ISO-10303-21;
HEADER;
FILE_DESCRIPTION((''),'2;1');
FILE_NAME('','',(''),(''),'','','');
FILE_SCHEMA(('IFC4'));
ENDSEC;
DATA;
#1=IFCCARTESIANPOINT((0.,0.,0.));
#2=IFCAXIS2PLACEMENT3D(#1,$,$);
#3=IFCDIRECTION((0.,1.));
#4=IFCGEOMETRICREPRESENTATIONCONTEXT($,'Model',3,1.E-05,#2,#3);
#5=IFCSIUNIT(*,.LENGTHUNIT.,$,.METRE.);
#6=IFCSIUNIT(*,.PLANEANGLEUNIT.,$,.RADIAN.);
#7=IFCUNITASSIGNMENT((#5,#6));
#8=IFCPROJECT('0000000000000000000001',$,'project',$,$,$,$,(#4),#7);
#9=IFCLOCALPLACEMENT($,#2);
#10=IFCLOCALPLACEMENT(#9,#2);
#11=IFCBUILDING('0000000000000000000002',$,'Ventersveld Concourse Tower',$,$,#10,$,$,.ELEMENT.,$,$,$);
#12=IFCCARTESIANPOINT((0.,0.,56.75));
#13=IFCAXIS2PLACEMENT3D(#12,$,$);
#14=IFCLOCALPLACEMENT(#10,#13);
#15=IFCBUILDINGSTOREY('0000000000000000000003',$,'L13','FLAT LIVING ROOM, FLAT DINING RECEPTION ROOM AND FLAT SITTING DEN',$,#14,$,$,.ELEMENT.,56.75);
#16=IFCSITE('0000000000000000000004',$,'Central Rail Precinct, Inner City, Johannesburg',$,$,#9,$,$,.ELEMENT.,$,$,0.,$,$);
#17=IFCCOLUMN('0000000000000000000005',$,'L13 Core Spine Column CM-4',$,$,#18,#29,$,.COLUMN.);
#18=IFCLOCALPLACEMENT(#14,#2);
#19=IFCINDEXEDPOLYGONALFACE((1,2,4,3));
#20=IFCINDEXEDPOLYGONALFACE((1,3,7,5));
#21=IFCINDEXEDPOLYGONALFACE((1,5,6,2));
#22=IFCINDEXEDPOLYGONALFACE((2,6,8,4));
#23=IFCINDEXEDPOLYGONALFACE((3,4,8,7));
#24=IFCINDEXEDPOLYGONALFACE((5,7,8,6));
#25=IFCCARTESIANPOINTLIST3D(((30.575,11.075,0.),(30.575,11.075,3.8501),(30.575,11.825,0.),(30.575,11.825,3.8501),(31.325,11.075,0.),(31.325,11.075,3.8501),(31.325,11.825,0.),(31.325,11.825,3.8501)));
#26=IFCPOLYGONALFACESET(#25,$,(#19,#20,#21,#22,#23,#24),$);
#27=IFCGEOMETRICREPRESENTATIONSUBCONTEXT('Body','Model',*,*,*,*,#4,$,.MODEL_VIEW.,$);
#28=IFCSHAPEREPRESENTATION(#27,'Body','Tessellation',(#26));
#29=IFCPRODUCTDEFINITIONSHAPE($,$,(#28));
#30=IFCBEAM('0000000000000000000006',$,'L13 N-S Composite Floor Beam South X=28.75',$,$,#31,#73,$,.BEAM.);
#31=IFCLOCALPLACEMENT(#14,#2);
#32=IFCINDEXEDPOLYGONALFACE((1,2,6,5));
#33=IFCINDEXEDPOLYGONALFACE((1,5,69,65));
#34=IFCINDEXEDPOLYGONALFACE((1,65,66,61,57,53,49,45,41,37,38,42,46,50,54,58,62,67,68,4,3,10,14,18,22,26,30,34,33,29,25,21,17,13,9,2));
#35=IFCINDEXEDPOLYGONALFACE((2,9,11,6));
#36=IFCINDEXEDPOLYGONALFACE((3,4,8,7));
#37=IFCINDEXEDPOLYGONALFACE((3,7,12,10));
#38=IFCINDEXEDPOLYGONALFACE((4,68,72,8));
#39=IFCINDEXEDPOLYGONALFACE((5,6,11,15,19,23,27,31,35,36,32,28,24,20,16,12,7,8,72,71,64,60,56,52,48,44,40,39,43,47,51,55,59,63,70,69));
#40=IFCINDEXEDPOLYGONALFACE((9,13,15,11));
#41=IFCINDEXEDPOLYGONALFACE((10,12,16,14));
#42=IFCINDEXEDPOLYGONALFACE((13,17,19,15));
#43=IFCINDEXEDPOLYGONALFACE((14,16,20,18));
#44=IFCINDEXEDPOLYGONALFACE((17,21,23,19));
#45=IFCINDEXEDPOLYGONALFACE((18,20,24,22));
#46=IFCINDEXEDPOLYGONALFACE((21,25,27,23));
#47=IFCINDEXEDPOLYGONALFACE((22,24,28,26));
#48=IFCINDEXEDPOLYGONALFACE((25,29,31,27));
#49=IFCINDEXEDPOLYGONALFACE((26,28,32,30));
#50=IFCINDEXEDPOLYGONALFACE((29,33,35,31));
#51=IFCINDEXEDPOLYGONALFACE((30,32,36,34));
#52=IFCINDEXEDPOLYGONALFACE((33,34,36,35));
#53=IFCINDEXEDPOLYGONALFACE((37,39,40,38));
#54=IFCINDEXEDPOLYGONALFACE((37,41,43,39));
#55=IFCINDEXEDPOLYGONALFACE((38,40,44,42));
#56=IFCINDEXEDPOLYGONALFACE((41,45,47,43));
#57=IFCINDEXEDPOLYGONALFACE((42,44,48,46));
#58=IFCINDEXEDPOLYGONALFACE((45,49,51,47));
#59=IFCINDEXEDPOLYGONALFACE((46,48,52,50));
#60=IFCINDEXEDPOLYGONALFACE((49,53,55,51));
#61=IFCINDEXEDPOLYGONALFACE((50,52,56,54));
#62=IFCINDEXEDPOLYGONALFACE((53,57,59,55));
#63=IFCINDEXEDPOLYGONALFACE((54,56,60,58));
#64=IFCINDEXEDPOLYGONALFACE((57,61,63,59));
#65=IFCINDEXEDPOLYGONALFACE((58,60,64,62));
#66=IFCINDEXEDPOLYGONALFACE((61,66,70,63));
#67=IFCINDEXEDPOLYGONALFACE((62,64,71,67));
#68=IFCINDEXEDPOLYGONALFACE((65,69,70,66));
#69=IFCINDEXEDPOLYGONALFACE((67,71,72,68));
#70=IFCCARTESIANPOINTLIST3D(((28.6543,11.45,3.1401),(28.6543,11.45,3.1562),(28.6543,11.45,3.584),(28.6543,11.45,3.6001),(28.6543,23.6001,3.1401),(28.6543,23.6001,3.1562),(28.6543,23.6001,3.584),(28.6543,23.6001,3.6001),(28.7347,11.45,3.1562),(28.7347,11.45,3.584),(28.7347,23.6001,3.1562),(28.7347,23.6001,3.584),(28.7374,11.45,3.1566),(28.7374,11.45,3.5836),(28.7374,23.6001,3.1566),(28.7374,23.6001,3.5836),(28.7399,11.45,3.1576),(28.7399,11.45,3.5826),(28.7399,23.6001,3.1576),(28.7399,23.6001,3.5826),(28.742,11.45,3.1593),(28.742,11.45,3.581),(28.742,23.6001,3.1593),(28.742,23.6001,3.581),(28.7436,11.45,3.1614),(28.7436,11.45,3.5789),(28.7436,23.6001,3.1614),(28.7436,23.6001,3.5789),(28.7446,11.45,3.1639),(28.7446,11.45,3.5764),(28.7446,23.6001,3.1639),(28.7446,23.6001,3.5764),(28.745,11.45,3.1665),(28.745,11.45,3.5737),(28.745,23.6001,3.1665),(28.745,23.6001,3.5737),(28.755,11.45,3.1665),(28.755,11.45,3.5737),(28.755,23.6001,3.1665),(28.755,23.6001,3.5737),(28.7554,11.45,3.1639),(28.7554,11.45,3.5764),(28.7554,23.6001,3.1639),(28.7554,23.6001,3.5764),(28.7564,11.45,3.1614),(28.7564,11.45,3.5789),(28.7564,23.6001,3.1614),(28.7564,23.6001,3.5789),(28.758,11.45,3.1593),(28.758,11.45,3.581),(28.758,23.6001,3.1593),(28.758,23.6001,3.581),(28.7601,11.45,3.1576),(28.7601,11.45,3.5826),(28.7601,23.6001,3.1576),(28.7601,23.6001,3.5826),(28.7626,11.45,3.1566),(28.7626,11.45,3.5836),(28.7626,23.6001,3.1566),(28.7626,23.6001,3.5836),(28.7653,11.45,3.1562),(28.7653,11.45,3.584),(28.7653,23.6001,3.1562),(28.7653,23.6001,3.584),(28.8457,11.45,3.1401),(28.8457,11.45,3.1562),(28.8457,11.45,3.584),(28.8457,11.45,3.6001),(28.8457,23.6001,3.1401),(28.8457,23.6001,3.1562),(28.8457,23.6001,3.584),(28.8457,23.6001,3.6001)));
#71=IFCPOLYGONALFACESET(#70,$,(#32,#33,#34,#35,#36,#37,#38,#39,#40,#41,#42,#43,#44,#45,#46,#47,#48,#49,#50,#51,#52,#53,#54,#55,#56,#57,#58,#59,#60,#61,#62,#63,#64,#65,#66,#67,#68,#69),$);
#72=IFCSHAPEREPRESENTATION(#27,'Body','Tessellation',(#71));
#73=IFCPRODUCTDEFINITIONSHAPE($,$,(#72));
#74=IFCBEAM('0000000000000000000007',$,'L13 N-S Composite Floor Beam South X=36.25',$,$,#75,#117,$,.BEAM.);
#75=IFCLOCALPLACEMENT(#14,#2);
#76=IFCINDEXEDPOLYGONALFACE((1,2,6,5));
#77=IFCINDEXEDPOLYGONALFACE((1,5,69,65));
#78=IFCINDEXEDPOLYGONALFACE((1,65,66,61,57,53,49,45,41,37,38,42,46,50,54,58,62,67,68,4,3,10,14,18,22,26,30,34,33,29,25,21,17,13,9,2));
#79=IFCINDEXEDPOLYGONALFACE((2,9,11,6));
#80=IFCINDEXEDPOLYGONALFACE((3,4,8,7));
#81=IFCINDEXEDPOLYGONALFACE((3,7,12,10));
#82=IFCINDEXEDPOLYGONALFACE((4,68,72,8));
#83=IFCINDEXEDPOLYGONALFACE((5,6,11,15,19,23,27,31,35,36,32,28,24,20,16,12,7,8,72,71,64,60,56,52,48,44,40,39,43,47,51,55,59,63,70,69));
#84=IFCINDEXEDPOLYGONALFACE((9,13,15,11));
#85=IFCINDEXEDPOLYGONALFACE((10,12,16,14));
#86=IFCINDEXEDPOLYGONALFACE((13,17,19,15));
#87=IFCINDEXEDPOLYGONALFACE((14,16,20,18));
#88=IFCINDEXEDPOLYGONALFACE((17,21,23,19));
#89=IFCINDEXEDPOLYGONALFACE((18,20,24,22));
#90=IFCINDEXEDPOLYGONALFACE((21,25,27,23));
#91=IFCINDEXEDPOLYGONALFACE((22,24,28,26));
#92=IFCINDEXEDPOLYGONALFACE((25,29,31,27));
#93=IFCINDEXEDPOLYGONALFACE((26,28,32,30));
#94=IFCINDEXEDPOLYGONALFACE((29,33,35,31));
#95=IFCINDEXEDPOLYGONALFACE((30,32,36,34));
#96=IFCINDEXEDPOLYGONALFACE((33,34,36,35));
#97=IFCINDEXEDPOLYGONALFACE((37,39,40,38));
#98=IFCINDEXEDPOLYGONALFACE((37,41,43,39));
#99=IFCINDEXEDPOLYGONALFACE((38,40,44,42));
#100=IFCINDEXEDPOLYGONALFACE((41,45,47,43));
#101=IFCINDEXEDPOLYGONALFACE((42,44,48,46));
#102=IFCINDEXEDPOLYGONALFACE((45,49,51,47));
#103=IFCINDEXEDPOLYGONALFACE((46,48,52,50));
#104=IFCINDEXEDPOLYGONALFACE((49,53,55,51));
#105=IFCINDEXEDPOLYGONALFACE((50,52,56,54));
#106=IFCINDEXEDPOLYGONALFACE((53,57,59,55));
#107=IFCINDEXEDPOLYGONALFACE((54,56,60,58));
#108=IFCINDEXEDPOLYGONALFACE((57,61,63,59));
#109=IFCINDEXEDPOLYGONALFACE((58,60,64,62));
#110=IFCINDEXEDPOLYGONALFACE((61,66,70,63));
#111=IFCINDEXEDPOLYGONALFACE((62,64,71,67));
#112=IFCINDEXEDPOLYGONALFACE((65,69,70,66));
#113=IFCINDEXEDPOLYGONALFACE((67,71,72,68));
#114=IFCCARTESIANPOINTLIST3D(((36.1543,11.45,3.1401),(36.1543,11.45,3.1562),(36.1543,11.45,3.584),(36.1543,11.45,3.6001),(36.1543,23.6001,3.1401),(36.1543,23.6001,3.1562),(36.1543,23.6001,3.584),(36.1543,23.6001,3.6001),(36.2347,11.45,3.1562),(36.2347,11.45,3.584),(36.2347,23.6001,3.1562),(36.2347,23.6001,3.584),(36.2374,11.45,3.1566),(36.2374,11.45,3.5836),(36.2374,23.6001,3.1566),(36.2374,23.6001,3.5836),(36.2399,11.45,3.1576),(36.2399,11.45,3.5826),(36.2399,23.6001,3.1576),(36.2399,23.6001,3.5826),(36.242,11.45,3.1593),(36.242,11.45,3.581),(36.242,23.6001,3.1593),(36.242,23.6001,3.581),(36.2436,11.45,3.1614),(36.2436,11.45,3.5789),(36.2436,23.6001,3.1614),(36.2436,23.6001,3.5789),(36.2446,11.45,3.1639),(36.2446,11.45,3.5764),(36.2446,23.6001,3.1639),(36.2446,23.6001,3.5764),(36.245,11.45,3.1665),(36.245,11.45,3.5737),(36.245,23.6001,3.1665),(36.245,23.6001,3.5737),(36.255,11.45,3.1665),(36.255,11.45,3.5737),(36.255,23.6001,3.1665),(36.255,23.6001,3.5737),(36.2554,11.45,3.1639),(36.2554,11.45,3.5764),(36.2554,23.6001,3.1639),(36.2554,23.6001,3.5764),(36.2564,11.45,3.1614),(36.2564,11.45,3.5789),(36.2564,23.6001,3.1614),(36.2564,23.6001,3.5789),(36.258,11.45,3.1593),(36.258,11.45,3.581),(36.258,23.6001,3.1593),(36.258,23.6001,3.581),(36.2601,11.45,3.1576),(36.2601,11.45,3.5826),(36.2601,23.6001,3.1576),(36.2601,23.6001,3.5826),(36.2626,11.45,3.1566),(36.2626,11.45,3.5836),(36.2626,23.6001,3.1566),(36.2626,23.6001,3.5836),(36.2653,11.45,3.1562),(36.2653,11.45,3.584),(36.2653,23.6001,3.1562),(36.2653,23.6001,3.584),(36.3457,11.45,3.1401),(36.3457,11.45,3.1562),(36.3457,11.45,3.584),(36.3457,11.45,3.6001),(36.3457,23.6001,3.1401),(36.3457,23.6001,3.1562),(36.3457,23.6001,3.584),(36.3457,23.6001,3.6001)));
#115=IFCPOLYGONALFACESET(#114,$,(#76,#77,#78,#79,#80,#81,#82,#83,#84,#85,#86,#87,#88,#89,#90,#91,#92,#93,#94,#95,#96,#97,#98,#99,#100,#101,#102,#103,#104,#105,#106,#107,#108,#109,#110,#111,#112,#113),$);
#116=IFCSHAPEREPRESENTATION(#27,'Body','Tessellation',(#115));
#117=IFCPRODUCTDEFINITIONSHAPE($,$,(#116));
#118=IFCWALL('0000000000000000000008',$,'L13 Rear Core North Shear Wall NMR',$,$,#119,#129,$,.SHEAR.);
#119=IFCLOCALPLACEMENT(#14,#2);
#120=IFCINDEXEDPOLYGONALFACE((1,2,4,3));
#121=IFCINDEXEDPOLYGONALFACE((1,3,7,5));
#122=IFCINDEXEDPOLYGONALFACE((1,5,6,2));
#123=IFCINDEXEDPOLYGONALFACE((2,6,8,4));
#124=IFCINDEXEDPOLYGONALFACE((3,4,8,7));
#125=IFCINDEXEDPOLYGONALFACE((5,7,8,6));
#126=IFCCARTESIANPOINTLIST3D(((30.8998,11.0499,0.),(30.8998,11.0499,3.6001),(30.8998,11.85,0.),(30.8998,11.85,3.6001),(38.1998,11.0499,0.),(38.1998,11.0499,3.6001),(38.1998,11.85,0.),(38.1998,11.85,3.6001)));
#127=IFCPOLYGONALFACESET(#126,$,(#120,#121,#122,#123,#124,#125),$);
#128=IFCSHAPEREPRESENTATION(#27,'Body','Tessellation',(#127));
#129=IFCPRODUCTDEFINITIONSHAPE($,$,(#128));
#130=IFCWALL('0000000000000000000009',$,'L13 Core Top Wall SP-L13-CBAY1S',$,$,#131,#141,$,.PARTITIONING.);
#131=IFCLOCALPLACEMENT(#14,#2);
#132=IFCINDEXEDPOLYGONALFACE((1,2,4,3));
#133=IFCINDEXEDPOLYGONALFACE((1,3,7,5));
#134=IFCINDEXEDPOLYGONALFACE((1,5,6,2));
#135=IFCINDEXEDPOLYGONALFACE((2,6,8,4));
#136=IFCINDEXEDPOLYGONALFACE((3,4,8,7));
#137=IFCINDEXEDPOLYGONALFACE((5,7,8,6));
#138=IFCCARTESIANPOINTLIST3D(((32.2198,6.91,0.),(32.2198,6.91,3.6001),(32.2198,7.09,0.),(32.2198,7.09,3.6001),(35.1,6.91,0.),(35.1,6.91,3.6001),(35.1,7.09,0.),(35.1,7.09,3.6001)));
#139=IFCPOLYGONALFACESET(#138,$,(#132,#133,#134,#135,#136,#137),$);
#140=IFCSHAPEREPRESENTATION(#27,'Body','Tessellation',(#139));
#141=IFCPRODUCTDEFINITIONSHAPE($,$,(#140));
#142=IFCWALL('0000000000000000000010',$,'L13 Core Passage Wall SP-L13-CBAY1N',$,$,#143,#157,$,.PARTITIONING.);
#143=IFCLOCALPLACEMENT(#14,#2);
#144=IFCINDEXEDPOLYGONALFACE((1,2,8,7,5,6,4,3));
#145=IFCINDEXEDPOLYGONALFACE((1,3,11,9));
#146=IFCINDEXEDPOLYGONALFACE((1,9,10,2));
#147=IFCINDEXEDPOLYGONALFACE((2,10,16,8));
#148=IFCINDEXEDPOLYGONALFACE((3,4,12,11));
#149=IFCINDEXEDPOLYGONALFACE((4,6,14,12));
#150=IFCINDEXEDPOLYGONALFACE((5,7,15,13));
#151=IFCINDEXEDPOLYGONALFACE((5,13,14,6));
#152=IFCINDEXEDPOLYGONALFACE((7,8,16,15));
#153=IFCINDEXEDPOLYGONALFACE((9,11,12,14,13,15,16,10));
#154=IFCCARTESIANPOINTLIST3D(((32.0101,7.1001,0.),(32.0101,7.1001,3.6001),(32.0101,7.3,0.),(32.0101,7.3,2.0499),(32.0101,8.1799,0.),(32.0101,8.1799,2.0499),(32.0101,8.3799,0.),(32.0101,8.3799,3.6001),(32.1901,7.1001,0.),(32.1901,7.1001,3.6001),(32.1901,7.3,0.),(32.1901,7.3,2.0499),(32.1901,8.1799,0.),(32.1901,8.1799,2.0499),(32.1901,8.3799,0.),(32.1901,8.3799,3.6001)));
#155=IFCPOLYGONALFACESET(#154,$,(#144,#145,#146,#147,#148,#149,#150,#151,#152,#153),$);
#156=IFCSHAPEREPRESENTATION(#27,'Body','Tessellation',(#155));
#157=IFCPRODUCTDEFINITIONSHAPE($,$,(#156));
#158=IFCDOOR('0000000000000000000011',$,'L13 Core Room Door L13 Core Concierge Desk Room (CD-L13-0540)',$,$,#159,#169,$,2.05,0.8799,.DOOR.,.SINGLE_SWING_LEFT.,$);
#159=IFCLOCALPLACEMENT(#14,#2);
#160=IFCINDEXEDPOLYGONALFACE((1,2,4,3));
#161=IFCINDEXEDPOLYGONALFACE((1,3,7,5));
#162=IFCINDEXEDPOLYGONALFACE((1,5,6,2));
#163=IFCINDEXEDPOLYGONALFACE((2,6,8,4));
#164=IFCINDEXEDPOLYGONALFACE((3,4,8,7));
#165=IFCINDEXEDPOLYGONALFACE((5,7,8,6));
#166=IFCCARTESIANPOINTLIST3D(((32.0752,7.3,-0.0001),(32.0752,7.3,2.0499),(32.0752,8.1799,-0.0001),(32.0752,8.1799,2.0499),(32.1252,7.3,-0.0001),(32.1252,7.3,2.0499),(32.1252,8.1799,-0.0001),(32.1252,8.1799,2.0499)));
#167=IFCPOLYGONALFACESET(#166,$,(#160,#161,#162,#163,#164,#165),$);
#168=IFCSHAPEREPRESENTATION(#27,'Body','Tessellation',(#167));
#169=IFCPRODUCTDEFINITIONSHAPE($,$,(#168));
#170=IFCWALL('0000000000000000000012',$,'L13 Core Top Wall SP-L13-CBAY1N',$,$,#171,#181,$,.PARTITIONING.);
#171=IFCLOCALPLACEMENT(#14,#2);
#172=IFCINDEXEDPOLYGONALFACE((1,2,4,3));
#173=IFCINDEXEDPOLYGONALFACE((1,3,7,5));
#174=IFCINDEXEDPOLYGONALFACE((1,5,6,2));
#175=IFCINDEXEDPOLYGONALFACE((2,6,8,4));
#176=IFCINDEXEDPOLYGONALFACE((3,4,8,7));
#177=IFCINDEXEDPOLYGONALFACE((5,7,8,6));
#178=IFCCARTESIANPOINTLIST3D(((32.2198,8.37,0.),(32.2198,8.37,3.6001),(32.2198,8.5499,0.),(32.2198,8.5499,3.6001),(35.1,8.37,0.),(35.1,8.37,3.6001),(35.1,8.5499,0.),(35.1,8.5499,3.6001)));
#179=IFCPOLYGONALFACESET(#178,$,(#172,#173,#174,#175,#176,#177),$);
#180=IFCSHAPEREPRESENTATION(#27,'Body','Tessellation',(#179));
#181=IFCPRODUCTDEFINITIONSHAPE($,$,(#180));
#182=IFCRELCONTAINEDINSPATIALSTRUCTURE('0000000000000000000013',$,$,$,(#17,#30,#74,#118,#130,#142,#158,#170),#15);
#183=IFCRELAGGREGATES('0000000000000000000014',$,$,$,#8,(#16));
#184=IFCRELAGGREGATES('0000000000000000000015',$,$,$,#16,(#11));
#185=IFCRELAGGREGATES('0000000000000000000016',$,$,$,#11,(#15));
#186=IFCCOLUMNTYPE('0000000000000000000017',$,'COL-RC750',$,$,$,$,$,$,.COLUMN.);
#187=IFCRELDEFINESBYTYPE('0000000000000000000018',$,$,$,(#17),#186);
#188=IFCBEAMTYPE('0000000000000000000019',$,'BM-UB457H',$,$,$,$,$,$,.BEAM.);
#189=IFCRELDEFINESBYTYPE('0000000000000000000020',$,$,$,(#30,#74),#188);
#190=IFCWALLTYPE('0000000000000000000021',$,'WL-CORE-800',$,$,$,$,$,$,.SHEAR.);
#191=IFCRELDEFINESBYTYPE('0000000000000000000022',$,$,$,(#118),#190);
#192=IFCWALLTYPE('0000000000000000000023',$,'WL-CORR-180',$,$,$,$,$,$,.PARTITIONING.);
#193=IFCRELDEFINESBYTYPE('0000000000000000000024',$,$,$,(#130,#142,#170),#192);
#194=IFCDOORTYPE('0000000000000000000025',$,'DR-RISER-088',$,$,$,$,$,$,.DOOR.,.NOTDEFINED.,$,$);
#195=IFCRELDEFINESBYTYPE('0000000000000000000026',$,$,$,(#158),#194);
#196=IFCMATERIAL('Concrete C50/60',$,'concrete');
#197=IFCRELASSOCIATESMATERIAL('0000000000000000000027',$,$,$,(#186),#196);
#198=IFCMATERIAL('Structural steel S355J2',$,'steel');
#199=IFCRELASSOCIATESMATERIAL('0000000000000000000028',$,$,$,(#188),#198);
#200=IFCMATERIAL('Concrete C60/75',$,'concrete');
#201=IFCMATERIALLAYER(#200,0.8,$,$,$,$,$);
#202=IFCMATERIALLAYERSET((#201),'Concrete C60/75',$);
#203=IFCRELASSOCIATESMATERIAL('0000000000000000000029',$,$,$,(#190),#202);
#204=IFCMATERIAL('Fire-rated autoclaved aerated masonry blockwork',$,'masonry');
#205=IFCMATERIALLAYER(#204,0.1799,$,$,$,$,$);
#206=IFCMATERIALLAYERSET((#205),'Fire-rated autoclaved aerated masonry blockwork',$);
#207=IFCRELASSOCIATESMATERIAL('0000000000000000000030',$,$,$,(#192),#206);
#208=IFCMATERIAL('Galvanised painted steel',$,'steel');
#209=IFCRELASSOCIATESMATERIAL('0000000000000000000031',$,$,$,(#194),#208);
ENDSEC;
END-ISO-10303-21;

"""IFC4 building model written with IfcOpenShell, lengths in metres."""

from ifc_helpers import new_model, si_unit, direction, frame, frame_2d, origin, origin_2d, place, context, subcontext, project, spatial, rectangle, i_section, extrude, material, layer, layer_set, material_profile, profile_set, type_object, element, fill, save


model = new_model("IFC4")

# Units and contexts
model_context = context("Model", 3, precision=1e-05, world=origin(), true_north=direction((0.0, 1.0)))
body_context = subcontext(model_context, "Body", "Model", "MODEL_VIEW")
ifc_project = project(units=[si_unit("LENGTHUNIT", "METRE"), si_unit("PLANEANGLEUNIT", "RADIAN")], contexts=[model_context])

# Site, building, storey
site_placement = place(None, origin())
site = spatial("IfcSite", under=ifc_project, at=site_placement, Name="Central Rail Precinct, Inner City, Johannesburg", CompositionType="ELEMENT", RefElevation=0.0)
building_placement = place(site_placement, origin())
building = spatial("IfcBuilding", under=site, at=building_placement, Name="Ventersveld Concourse Tower", CompositionType="ELEMENT")
storey_placement = place(building_placement, frame((0.0, 0.0, 56.75)))
storey = spatial("IfcBuildingStorey", under=building, at=storey_placement, Name="L13", Description="FLAT LIVING ROOM, FLAT DINING RECEPTION ROOM AND FLAT SITTING DEN", CompositionType="ELEMENT", Elevation=56.75)

# Column
ifc_material_1 = material(Name="Concrete C50/60", Category="concrete")
ifc_material_profile_1 = material_profile(ifc_material_1, rectangle(XDim=0.75, YDim=0.75, at=origin_2d()), Name="RC 750x750")
ifc_profile_set_1 = profile_set([ifc_material_profile_1], Name="Concrete C50/60")
column_type = type_object("IfcColumnType", Name="COL-RC750", PredefinedType="COLUMN", material=ifc_profile_set_1)
column_placement = place(storey_placement, frame((30.95, 11.45, 0.0), z_axis=(0.0, 0.0, 1.0), x_axis=(1.0, 0.0, 0.0)))
element("IfcColumn", 1, at=column_placement, inside=storey, type_object=column_type, Name="L13 Core Spine Column CM-4", PredefinedType="COLUMN", context=body_context, shape_type="SweptSolid", body=[
    extrude(rectangle(XDim=0.75, YDim=0.75, at=origin_2d()), origin(), (0.0, 0.0, 1.0), 3.8501),
])

# Beams
ifc_material_2 = material(Name="Structural steel S355J2", Category="steel")
ifc_material_profile_2 = material_profile(ifc_material_2, i_section(OverallWidth=0.1914, OverallDepth=0.46, WebThickness=0.01, FlangeThickness=0.0161, FilletRadius=0.0103, at=origin_2d()), Name="UB 457x191x82")
ifc_profile_set_2 = profile_set([ifc_material_profile_2], Name="Structural steel S355J2")
beam_type = type_object("IfcBeamType", Name="BM-UB457H", PredefinedType="BEAM", material=ifc_profile_set_2)
for number, where, z_axis, x_axis, name in (
    (2, (28.75, 11.45, 3.3701), (0.0, 1.0, 0.0), (-1.0, 0.0, 0.0), "L13 N-S Composite Floor Beam South X=28.75"),
    (3, (36.25, 11.45, 3.3701), (0.0, 1.0, 0.0), (-1.0, 0.0, 0.0), "L13 N-S Composite Floor Beam South X=36.25"),
):
    element("IfcBeam", number, at=place(storey_placement, frame(where, z_axis=z_axis, x_axis=x_axis)), inside=storey, type_object=beam_type, Name=name, PredefinedType="BEAM", context=body_context, shape_type="SweptSolid", body=[
        extrude(i_section(OverallWidth=0.1914, OverallDepth=0.46, WebThickness=0.01, FlangeThickness=0.0161, FilletRadius=0.0103, at=origin_2d()), origin(), (0.0, 0.0, 1.0), 12.1501),
    ])

# Walls
ifc_material_3 = material(Name="Concrete C60/75", Category="concrete")
ifc_layer_1 = layer(ifc_material_3, 0.8)
ifc_layer_set_1 = layer_set([ifc_layer_1], Name="Concrete C60/75")
wall_type_1 = type_object("IfcWallType", Name="WL-CORE-800", PredefinedType="SHEAR", material=ifc_layer_set_1)
wall_1_placement = place(storey_placement, frame((30.8999, 11.45, 0.0), z_axis=(0.0, 0.0, 1.0), x_axis=(1.0, 0.0, 0.0)))
element("IfcWall", 4, at=wall_1_placement, inside=storey, type_object=wall_type_1, Name="L13 Rear Core North Shear Wall NMR", PredefinedType="SHEAR", context=body_context, shape_type="SweptSolid", body=[
    extrude(rectangle(XDim=7.3, YDim=0.8, at=frame_2d((3.6499, 0.0))), origin(), (0.0, 0.0, 1.0), 3.6001),
])
ifc_material_4 = material(Name="Fire-rated autoclaved aerated masonry blockwork", Category="masonry")
ifc_layer_2 = layer(ifc_material_4, 0.1799)
ifc_layer_set_2 = layer_set([ifc_layer_2], Name="Fire-rated autoclaved aerated masonry blockwork")
wall_type_2 = type_object("IfcWallType", Name="WL-CORR-180", PredefinedType="PARTITIONING", material=ifc_layer_set_2)
wall_2_placement = place(storey_placement, frame((32.22, 7.0, 0.0), z_axis=(0.0, 0.0, 1.0), x_axis=(1.0, 0.0, 0.0)))
element("IfcWall", 5, at=wall_2_placement, inside=storey, type_object=wall_type_2, Name="L13 Core Top Wall SP-L13-CBAY1S", PredefinedType="PARTITIONING", context=body_context, shape_type="SweptSolid", body=[
    extrude(rectangle(XDim=2.8801, YDim=0.1799, at=frame_2d((1.4399, 0.0))), origin(), (0.0, 0.0, 1.0), 3.6001),
])

# Wall, opening, door
wall_3_placement = place(storey_placement, frame((32.1001, 7.1001, 0.0), z_axis=(0.0, 0.0, 1.0), x_axis=(0.0, 1.0, 0.0)))
wall_3 = element("IfcWall", 6, at=wall_3_placement, inside=storey, type_object=wall_type_2, Name="L13 Core Passage Wall SP-L13-CBAY1N", PredefinedType="PARTITIONING", context=body_context, shape_type="SweptSolid", body=[
    extrude(rectangle(XDim=1.2798, YDim=0.1799, at=frame_2d((0.6399, 0.0))), origin(), (0.0, 0.0, 1.0), 3.6001),
])
opening_1_placement = place(wall_3_placement, frame((0.2, 0.0, 0.0)))
opening_1 = element("IfcOpeningElement", 7, at=opening_1_placement, cuts=wall_3, PredefinedType="OPENING", context=body_context, shape_type="SweptSolid", body=[
    extrude(rectangle(XDim=0.8799, YDim=2.05, at=frame_2d((0.4399, 1.0249))), frame((0.0, 0.1001, 0.0), z_axis=(0.0, -1.0, 0.0), x_axis=(1.0, 0.0, 0.0)), (0.0, 0.0, 1.0), 0.2),
])
ifc_material_5 = material(Name="Galvanised painted steel", Category="steel")
door_type_1 = type_object("IfcDoorType", Name="DR-RISER-088", OperationType="NOTDEFINED", PredefinedType="DOOR", material=ifc_material_5)
door_1_placement = place(opening_1_placement, origin())
door_1 = element("IfcDoor", 8, at=door_1_placement, inside=storey, type_object=door_type_1, Name="L13 Core Room Door L13 Core Concierge Desk Room (CD-L13-0540)", OperationType="SINGLE_SWING_LEFT", OverallHeight=2.05, OverallWidth=0.8799, PredefinedType="DOOR", context=body_context, shape_type="SweptSolid", body=[
    extrude(rectangle(XDim=0.8799, YDim=2.05, at=frame_2d((0.4399, 1.0249))), frame((0.0, 0.0249, 0.0), z_axis=(0.0, -1.0, 0.0), x_axis=(1.0, 0.0, 0.0)), (0.0, 0.0, 1.0), 0.05),
])
fill(opening_1, door_1)

# Wall
wall_4_placement = place(storey_placement, frame((32.22, 8.46, 0.0), z_axis=(0.0, 0.0, 1.0), x_axis=(1.0, 0.0, 0.0)))
element("IfcWall", 9, at=wall_4_placement, inside=storey, type_object=wall_type_2, Name="L13 Core Top Wall SP-L13-CBAY1N", PredefinedType="PARTITIONING", context=body_context, shape_type="SweptSolid", body=[
    extrude(rectangle(XDim=2.8801, YDim=0.1799, at=frame_2d((1.4399, 0.0))), origin(), (0.0, 0.0, 1.0), 3.6001),
])

save(model, "model.ifc")
